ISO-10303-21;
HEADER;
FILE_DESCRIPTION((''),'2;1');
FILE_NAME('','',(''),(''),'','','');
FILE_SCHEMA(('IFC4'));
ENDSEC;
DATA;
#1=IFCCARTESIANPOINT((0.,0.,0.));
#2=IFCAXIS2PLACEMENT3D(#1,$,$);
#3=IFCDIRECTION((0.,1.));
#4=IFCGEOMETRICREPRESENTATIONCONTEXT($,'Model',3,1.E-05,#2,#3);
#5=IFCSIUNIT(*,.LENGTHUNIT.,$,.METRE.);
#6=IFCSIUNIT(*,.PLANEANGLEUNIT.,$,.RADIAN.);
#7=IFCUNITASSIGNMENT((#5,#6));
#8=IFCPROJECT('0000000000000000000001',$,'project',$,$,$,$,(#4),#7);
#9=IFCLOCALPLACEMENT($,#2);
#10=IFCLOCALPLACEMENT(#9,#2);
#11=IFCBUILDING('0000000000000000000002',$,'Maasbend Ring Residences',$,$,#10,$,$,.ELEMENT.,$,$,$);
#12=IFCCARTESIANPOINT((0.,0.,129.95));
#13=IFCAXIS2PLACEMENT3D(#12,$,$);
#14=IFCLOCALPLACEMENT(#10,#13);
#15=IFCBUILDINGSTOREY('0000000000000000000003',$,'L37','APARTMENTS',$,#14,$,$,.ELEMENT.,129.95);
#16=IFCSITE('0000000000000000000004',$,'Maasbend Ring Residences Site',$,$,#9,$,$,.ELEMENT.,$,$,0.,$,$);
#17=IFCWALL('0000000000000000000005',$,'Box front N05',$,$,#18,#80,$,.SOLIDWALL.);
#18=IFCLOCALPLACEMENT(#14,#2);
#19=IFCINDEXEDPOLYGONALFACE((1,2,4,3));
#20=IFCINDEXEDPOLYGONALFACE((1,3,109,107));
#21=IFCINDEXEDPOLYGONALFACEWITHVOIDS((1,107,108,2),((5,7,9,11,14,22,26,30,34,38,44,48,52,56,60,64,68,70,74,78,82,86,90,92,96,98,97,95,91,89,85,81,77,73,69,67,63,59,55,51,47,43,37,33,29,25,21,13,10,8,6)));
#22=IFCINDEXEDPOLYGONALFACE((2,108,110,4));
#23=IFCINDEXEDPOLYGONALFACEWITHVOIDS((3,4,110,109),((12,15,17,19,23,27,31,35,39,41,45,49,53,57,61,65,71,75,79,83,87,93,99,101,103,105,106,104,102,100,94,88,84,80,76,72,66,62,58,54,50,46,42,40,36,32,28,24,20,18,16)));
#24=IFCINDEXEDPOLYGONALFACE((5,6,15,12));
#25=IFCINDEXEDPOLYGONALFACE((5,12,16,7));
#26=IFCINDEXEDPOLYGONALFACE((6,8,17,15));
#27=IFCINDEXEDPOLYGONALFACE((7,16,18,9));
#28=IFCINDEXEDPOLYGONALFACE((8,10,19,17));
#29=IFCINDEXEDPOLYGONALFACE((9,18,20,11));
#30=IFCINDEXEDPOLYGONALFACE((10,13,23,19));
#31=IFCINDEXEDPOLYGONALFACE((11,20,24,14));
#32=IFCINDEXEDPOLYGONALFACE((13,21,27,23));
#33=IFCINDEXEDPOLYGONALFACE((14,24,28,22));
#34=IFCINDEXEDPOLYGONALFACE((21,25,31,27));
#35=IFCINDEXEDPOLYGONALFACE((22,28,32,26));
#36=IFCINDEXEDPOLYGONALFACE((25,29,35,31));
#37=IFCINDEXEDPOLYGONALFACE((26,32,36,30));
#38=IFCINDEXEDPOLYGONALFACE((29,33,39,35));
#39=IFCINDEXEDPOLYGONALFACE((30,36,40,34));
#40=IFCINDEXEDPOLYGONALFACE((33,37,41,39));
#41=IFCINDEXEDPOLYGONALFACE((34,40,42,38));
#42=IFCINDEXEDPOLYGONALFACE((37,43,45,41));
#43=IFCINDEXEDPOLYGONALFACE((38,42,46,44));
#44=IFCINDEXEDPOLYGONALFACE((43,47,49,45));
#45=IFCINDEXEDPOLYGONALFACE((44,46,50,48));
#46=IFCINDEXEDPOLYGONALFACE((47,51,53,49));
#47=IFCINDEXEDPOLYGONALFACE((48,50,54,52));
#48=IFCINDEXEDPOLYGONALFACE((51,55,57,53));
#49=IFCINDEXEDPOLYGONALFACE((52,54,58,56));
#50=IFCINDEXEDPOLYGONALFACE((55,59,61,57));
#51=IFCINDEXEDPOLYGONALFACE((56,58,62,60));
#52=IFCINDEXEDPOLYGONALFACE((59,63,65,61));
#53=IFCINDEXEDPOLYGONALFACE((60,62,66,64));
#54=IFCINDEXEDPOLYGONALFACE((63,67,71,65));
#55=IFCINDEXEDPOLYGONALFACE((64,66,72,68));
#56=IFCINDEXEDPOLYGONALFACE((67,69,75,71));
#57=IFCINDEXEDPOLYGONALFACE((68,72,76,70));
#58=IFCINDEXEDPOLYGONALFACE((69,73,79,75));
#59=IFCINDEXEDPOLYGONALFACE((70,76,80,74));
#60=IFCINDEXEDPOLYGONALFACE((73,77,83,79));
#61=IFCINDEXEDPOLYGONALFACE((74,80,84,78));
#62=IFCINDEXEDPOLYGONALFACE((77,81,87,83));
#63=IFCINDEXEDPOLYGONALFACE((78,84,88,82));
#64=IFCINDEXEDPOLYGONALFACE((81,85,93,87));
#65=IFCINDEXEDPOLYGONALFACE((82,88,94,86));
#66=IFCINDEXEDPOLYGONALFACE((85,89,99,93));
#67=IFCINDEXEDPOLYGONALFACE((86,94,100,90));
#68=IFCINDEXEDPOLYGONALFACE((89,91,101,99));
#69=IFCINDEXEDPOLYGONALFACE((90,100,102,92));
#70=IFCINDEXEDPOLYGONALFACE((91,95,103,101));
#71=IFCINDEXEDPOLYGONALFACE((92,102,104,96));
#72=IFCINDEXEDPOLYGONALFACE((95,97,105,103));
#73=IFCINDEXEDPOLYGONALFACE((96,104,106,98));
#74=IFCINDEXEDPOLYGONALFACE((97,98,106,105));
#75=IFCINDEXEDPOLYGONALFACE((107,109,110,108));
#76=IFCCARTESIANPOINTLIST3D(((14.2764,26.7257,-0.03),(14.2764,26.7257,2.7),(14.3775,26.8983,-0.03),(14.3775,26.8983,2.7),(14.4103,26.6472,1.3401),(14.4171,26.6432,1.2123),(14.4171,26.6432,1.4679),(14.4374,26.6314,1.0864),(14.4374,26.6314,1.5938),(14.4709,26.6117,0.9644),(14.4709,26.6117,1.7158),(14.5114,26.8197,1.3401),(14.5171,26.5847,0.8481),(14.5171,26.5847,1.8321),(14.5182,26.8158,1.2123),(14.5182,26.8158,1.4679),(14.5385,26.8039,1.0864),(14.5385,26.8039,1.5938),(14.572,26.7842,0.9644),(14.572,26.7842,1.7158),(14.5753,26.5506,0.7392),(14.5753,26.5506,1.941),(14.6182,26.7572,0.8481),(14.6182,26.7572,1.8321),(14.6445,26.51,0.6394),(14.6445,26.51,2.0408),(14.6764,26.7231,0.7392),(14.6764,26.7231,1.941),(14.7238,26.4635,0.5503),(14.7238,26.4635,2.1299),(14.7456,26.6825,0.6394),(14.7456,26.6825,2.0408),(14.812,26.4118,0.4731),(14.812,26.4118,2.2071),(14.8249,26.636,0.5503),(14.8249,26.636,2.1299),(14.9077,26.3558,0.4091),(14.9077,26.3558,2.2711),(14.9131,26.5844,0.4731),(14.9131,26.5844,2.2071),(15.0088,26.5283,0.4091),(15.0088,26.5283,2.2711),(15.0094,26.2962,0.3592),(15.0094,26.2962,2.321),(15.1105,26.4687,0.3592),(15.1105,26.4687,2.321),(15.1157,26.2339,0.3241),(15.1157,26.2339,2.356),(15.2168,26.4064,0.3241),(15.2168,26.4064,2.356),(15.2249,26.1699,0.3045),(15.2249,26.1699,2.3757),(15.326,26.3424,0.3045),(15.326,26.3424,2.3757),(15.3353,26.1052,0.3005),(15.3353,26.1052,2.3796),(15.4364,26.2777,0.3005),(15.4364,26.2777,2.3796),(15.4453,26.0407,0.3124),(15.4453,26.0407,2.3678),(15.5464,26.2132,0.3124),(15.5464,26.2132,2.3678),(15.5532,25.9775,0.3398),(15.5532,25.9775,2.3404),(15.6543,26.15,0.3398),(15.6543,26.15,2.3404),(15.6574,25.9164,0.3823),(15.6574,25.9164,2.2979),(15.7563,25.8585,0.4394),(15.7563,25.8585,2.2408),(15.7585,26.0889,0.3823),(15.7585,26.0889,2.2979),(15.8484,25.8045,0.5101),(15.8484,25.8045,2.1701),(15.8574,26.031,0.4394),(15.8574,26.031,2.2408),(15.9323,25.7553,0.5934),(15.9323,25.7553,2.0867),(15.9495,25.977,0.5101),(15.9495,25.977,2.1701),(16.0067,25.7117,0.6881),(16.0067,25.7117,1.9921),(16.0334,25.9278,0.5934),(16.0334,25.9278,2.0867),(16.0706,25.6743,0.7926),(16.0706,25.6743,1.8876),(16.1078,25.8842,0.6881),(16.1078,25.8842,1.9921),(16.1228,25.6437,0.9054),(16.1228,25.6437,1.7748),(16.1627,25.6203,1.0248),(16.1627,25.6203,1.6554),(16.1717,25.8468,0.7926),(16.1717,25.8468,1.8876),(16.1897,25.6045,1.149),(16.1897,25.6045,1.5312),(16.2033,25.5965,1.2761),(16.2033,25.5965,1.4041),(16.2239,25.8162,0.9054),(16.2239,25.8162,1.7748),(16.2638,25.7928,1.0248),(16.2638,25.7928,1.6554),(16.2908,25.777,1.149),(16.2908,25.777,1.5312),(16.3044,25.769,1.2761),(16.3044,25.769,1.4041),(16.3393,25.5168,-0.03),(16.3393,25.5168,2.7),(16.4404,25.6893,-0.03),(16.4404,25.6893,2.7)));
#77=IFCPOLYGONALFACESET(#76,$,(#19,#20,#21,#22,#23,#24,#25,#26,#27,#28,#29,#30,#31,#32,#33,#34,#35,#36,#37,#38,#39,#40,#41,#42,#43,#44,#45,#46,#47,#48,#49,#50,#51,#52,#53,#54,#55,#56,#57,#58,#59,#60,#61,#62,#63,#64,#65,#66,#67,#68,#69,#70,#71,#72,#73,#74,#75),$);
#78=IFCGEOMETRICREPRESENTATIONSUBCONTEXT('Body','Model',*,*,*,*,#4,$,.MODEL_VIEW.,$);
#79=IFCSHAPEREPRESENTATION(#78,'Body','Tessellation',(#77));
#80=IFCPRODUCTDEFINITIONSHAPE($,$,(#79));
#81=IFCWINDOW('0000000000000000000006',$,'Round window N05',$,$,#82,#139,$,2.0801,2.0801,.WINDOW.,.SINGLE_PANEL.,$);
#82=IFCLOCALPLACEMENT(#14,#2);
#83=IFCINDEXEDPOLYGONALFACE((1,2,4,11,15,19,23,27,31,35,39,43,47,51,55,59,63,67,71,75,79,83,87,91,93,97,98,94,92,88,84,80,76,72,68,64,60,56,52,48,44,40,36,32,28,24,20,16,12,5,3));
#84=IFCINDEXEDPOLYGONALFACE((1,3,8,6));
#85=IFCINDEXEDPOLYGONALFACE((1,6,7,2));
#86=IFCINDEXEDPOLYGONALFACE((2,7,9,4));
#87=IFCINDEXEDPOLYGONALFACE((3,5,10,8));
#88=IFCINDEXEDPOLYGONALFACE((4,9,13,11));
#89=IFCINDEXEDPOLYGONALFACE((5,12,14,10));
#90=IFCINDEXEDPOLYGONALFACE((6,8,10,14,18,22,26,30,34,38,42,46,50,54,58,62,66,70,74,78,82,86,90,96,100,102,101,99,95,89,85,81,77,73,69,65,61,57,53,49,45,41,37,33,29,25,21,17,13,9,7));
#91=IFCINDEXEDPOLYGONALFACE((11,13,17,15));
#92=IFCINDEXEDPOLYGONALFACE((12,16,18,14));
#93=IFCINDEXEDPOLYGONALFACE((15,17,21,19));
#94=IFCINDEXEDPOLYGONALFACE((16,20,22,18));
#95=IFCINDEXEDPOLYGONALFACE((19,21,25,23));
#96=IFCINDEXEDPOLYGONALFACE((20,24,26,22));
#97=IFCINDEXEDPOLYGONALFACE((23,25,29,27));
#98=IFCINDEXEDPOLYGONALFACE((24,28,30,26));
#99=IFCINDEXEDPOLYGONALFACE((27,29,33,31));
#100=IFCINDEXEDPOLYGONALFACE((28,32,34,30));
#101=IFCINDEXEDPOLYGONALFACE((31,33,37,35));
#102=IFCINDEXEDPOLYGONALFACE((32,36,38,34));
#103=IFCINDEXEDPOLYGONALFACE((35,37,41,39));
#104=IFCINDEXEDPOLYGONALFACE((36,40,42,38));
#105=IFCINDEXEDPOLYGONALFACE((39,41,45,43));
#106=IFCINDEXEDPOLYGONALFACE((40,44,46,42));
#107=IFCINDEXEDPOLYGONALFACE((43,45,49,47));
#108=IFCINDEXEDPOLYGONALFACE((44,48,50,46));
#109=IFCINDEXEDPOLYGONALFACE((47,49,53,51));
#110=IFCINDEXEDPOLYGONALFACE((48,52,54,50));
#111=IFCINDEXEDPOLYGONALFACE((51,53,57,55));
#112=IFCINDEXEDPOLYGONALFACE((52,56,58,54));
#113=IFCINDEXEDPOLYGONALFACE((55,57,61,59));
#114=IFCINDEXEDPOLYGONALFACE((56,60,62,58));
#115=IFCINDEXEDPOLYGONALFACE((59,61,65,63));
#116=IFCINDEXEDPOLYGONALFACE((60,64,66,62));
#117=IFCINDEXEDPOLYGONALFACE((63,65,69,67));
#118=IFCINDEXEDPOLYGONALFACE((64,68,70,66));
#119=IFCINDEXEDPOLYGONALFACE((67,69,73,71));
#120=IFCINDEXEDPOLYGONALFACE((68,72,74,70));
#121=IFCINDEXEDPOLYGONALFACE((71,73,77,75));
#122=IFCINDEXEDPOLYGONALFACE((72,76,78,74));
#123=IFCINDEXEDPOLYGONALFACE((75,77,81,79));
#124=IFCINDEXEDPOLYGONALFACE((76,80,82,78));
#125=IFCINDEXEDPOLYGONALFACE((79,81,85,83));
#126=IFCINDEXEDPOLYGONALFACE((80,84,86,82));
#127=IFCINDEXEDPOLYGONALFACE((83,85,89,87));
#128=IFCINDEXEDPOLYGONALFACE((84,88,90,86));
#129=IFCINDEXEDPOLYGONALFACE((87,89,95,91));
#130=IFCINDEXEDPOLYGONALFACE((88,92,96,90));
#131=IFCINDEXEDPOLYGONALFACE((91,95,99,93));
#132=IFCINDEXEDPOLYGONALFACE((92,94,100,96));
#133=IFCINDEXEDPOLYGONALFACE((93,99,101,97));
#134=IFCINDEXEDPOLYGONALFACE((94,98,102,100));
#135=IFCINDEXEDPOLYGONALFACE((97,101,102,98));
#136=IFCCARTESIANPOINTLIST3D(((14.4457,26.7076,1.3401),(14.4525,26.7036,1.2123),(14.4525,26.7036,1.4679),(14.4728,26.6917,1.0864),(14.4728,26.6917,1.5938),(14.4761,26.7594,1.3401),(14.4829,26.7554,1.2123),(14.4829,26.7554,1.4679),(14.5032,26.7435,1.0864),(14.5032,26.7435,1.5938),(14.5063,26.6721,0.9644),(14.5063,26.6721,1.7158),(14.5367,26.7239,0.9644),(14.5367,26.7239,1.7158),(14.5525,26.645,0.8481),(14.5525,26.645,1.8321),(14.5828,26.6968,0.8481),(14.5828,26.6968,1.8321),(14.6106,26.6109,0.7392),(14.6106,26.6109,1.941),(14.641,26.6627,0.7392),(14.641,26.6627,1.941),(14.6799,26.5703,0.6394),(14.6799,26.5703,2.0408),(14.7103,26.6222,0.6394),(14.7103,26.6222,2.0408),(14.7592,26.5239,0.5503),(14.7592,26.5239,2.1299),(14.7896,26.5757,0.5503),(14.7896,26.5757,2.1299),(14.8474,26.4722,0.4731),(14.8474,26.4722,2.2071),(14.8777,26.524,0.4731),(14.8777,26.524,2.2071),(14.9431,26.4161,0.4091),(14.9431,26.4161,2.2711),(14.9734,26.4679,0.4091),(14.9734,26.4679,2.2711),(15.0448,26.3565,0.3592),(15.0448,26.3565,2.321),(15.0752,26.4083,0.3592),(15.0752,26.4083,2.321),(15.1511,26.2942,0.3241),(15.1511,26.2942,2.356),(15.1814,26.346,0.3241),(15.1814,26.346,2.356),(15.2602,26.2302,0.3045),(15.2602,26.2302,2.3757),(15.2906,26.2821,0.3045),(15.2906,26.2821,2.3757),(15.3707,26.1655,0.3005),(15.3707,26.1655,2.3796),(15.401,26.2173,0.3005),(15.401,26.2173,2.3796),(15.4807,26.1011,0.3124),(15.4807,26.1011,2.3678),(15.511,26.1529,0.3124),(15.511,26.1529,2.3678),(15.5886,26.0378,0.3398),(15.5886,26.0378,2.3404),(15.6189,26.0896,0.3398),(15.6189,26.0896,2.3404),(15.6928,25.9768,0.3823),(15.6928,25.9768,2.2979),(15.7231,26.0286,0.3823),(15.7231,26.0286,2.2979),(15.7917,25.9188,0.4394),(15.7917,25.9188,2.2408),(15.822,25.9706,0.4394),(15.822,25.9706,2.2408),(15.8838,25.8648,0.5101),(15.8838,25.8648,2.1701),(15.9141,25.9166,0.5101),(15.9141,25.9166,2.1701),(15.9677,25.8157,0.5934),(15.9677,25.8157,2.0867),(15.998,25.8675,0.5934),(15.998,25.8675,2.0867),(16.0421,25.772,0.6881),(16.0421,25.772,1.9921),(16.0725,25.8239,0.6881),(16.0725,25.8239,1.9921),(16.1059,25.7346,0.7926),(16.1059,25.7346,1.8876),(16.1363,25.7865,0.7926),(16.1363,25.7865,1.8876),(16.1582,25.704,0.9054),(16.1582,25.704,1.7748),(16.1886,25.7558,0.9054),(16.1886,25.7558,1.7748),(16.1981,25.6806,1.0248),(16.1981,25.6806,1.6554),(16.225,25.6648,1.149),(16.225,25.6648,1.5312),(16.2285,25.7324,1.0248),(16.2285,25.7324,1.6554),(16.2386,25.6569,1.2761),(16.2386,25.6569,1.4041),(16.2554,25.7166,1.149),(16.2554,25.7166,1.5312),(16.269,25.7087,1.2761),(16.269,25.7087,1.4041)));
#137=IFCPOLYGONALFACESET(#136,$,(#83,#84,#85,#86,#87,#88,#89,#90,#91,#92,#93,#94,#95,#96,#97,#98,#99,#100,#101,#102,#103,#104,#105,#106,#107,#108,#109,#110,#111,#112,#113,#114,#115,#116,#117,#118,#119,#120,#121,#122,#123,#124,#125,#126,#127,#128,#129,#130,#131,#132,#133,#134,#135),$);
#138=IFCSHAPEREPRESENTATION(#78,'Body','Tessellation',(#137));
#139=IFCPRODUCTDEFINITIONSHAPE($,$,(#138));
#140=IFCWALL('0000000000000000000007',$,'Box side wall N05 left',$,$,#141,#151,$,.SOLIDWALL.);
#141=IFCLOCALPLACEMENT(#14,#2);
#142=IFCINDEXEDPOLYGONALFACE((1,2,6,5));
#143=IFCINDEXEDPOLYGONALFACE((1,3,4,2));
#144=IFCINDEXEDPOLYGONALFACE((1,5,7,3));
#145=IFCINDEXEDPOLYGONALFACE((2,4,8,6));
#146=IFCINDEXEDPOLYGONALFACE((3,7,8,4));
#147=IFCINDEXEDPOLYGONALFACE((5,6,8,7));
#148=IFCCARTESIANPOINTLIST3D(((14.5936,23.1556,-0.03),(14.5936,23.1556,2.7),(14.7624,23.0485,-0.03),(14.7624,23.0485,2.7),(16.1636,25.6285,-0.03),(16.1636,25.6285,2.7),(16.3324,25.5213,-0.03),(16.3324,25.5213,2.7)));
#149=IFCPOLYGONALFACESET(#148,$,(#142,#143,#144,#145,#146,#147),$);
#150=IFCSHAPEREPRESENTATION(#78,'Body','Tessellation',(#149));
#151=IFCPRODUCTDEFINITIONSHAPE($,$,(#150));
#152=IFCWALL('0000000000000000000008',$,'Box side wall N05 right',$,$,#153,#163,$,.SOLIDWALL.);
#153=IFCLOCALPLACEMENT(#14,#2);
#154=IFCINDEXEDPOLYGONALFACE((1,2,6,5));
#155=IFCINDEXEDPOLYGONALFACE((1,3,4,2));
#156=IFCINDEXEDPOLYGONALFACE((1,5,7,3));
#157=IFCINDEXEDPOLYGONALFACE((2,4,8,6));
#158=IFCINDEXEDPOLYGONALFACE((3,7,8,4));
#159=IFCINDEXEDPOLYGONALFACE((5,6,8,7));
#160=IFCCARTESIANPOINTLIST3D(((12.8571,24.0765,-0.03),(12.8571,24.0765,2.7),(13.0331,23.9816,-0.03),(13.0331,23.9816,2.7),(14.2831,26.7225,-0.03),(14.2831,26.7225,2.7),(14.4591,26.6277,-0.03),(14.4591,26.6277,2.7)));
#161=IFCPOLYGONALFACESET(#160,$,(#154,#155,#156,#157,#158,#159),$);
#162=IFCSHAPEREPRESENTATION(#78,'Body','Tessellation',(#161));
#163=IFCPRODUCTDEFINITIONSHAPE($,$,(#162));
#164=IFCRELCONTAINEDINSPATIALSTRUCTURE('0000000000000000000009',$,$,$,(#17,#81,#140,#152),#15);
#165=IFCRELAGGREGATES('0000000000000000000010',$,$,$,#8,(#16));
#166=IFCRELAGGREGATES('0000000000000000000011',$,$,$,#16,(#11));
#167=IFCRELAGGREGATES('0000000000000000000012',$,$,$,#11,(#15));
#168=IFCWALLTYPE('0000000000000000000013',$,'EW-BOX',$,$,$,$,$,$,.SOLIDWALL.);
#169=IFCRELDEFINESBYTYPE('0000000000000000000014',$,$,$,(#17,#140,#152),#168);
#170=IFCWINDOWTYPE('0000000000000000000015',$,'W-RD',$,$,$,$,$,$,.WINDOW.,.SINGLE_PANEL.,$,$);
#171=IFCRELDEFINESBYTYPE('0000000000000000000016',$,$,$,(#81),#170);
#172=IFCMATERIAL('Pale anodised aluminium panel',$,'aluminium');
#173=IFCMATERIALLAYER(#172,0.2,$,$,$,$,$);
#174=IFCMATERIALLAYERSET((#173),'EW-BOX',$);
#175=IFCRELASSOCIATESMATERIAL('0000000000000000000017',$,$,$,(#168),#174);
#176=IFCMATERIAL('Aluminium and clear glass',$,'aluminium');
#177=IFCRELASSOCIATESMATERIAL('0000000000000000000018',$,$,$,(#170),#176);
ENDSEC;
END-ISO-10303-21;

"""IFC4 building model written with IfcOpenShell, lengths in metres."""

from ifc_helpers import new_model, si_unit, direction, frame, frame_2d, origin, place, context, subcontext, project, spatial, rectangle, circle, extrude, material, layer, layer_set, type_object, element, fill, save


model = new_model("IFC4")

# Units and contexts
model_context = context("Model", 3, precision=1e-05, world=origin(), true_north=direction((0.0, 1.0)))
body_context = subcontext(model_context, "Body", "Model", "MODEL_VIEW")
ifc_project = project(units=[si_unit("LENGTHUNIT", "METRE"), si_unit("PLANEANGLEUNIT", "RADIAN")], contexts=[model_context])

# Site, building, storey
site_placement = place(None, origin())
site = spatial("IfcSite", under=ifc_project, at=site_placement, Name="Maasbend Ring Residences Site", CompositionType="ELEMENT", RefElevation=0.0)
building_placement = place(site_placement, origin())
building = spatial("IfcBuilding", under=site, at=building_placement, Name="Maasbend Ring Residences", CompositionType="ELEMENT")
storey_placement = place(building_placement, frame((0.0, 0.0, 129.95)))
storey = spatial("IfcBuildingStorey", under=building, at=storey_placement, Name="L37", Description="APARTMENTS", CompositionType="ELEMENT", Elevation=129.95)

# Shared definitions
ifc_material_1 = material(Name="Pale anodised aluminium panel", Category="aluminium")
ifc_layer_1 = layer(ifc_material_1, 0.2)
ifc_layer_set_1 = layer_set([ifc_layer_1], Name="EW-BOX")
wall_type_1 = type_object("IfcWallType", Name="EW-BOX", PredefinedType="SOLIDWALL", material=ifc_layer_set_1)
ifc_material_2 = material(Name="Aluminium and clear glass", Category="aluminium")
window_type_1 = type_object("IfcWindowType", Name="W-RD", PartitioningType="SINGLE_PANEL", PredefinedType="WINDOW", material=ifc_material_2)

# Wall, opening, window
wall_1_placement = place(storey_placement, frame((16.3899, 25.603, -0.03), z_axis=(0.0, 0.0, 1.0), x_axis=(-0.862762, 0.505609, 0.0)))
wall_1 = element("IfcWall", 1, at=wall_1_placement, inside=storey, type_object=wall_type_1, Name="Box front N05", PredefinedType="SOLIDWALL", context=body_context, shape_type="SweptSolid", body=[
    extrude(rectangle(XDim=2.3911, YDim=0.2, at=frame_2d((1.1956, 0.0))), origin(), (0.0, 0.0, 1.0), 2.73),
])
opening_1_placement = place(wall_1_placement, frame((0.1558, 0.0, 0.3301)))
opening_1 = element("IfcOpeningElement", 2, at=opening_1_placement, cuts=wall_1, PredefinedType="OPENING", context=body_context, shape_type="SweptSolid", body=[
    extrude(circle(Radius=1.04, at=frame_2d((1.04, 1.04))), frame((0.0, 0.1099, 0.0), z_axis=(0.0, -1.0, 0.0), x_axis=(1.0, 0.0, 0.0)), (0.0, 0.0, 1.0), 0.22),
])
window_1_placement = place(opening_1_placement, origin())
window_1 = element("IfcWindow", 3, at=window_1_placement, inside=storey, type_object=window_type_1, Name="Round window N05", OverallHeight=2.0801, OverallWidth=2.0801, PartitioningType="SINGLE_PANEL", PredefinedType="WINDOW", context=body_context, shape_type="SweptSolid", body=[
    extrude(circle(Radius=1.04, at=frame_2d((1.04, 1.04))), frame((0.0, 0.03, 0.0), z_axis=(0.0, -1.0, 0.0), x_axis=(1.0, 0.0, 0.0)), (0.0, 0.0, 1.0), 0.0601),
])
fill(opening_1, window_1)

# Walls
wall_2_placement = place(storey_placement, frame((14.678, 23.1021, -0.03), z_axis=(0.0, 0.0, 1.0), x_axis=(0.536002, 0.844217, 0.0)))
element("IfcWall", 4, at=wall_2_placement, inside=storey, type_object=wall_type_1, Name="Box side wall N05 left", PredefinedType="SOLIDWALL", context=body_context, shape_type="SweptSolid", body=[
    extrude(rectangle(XDim=2.9292, YDim=0.2, at=frame_2d((1.4646, 0.0))), origin(), (0.0, 0.0, 1.0), 2.73),
])
wall_3_placement = place(storey_placement, frame((12.9451, 24.0291, -0.03), z_axis=(0.0, 0.0, 1.0), x_axis=(0.474424, 0.880296, 0.0)))
element("IfcWall", 5, at=wall_3_placement, inside=storey, type_object=wall_type_1, Name="Box side wall N05 right", PredefinedType="SOLIDWALL", context=body_context, shape_type="SweptSolid", body=[
    extrude(rectangle(XDim=3.0059, YDim=0.2, at=frame_2d((1.5029, 0.0))), origin(), (0.0, 0.0, 1.0), 2.73),
])

save(model, "model.ifc")
